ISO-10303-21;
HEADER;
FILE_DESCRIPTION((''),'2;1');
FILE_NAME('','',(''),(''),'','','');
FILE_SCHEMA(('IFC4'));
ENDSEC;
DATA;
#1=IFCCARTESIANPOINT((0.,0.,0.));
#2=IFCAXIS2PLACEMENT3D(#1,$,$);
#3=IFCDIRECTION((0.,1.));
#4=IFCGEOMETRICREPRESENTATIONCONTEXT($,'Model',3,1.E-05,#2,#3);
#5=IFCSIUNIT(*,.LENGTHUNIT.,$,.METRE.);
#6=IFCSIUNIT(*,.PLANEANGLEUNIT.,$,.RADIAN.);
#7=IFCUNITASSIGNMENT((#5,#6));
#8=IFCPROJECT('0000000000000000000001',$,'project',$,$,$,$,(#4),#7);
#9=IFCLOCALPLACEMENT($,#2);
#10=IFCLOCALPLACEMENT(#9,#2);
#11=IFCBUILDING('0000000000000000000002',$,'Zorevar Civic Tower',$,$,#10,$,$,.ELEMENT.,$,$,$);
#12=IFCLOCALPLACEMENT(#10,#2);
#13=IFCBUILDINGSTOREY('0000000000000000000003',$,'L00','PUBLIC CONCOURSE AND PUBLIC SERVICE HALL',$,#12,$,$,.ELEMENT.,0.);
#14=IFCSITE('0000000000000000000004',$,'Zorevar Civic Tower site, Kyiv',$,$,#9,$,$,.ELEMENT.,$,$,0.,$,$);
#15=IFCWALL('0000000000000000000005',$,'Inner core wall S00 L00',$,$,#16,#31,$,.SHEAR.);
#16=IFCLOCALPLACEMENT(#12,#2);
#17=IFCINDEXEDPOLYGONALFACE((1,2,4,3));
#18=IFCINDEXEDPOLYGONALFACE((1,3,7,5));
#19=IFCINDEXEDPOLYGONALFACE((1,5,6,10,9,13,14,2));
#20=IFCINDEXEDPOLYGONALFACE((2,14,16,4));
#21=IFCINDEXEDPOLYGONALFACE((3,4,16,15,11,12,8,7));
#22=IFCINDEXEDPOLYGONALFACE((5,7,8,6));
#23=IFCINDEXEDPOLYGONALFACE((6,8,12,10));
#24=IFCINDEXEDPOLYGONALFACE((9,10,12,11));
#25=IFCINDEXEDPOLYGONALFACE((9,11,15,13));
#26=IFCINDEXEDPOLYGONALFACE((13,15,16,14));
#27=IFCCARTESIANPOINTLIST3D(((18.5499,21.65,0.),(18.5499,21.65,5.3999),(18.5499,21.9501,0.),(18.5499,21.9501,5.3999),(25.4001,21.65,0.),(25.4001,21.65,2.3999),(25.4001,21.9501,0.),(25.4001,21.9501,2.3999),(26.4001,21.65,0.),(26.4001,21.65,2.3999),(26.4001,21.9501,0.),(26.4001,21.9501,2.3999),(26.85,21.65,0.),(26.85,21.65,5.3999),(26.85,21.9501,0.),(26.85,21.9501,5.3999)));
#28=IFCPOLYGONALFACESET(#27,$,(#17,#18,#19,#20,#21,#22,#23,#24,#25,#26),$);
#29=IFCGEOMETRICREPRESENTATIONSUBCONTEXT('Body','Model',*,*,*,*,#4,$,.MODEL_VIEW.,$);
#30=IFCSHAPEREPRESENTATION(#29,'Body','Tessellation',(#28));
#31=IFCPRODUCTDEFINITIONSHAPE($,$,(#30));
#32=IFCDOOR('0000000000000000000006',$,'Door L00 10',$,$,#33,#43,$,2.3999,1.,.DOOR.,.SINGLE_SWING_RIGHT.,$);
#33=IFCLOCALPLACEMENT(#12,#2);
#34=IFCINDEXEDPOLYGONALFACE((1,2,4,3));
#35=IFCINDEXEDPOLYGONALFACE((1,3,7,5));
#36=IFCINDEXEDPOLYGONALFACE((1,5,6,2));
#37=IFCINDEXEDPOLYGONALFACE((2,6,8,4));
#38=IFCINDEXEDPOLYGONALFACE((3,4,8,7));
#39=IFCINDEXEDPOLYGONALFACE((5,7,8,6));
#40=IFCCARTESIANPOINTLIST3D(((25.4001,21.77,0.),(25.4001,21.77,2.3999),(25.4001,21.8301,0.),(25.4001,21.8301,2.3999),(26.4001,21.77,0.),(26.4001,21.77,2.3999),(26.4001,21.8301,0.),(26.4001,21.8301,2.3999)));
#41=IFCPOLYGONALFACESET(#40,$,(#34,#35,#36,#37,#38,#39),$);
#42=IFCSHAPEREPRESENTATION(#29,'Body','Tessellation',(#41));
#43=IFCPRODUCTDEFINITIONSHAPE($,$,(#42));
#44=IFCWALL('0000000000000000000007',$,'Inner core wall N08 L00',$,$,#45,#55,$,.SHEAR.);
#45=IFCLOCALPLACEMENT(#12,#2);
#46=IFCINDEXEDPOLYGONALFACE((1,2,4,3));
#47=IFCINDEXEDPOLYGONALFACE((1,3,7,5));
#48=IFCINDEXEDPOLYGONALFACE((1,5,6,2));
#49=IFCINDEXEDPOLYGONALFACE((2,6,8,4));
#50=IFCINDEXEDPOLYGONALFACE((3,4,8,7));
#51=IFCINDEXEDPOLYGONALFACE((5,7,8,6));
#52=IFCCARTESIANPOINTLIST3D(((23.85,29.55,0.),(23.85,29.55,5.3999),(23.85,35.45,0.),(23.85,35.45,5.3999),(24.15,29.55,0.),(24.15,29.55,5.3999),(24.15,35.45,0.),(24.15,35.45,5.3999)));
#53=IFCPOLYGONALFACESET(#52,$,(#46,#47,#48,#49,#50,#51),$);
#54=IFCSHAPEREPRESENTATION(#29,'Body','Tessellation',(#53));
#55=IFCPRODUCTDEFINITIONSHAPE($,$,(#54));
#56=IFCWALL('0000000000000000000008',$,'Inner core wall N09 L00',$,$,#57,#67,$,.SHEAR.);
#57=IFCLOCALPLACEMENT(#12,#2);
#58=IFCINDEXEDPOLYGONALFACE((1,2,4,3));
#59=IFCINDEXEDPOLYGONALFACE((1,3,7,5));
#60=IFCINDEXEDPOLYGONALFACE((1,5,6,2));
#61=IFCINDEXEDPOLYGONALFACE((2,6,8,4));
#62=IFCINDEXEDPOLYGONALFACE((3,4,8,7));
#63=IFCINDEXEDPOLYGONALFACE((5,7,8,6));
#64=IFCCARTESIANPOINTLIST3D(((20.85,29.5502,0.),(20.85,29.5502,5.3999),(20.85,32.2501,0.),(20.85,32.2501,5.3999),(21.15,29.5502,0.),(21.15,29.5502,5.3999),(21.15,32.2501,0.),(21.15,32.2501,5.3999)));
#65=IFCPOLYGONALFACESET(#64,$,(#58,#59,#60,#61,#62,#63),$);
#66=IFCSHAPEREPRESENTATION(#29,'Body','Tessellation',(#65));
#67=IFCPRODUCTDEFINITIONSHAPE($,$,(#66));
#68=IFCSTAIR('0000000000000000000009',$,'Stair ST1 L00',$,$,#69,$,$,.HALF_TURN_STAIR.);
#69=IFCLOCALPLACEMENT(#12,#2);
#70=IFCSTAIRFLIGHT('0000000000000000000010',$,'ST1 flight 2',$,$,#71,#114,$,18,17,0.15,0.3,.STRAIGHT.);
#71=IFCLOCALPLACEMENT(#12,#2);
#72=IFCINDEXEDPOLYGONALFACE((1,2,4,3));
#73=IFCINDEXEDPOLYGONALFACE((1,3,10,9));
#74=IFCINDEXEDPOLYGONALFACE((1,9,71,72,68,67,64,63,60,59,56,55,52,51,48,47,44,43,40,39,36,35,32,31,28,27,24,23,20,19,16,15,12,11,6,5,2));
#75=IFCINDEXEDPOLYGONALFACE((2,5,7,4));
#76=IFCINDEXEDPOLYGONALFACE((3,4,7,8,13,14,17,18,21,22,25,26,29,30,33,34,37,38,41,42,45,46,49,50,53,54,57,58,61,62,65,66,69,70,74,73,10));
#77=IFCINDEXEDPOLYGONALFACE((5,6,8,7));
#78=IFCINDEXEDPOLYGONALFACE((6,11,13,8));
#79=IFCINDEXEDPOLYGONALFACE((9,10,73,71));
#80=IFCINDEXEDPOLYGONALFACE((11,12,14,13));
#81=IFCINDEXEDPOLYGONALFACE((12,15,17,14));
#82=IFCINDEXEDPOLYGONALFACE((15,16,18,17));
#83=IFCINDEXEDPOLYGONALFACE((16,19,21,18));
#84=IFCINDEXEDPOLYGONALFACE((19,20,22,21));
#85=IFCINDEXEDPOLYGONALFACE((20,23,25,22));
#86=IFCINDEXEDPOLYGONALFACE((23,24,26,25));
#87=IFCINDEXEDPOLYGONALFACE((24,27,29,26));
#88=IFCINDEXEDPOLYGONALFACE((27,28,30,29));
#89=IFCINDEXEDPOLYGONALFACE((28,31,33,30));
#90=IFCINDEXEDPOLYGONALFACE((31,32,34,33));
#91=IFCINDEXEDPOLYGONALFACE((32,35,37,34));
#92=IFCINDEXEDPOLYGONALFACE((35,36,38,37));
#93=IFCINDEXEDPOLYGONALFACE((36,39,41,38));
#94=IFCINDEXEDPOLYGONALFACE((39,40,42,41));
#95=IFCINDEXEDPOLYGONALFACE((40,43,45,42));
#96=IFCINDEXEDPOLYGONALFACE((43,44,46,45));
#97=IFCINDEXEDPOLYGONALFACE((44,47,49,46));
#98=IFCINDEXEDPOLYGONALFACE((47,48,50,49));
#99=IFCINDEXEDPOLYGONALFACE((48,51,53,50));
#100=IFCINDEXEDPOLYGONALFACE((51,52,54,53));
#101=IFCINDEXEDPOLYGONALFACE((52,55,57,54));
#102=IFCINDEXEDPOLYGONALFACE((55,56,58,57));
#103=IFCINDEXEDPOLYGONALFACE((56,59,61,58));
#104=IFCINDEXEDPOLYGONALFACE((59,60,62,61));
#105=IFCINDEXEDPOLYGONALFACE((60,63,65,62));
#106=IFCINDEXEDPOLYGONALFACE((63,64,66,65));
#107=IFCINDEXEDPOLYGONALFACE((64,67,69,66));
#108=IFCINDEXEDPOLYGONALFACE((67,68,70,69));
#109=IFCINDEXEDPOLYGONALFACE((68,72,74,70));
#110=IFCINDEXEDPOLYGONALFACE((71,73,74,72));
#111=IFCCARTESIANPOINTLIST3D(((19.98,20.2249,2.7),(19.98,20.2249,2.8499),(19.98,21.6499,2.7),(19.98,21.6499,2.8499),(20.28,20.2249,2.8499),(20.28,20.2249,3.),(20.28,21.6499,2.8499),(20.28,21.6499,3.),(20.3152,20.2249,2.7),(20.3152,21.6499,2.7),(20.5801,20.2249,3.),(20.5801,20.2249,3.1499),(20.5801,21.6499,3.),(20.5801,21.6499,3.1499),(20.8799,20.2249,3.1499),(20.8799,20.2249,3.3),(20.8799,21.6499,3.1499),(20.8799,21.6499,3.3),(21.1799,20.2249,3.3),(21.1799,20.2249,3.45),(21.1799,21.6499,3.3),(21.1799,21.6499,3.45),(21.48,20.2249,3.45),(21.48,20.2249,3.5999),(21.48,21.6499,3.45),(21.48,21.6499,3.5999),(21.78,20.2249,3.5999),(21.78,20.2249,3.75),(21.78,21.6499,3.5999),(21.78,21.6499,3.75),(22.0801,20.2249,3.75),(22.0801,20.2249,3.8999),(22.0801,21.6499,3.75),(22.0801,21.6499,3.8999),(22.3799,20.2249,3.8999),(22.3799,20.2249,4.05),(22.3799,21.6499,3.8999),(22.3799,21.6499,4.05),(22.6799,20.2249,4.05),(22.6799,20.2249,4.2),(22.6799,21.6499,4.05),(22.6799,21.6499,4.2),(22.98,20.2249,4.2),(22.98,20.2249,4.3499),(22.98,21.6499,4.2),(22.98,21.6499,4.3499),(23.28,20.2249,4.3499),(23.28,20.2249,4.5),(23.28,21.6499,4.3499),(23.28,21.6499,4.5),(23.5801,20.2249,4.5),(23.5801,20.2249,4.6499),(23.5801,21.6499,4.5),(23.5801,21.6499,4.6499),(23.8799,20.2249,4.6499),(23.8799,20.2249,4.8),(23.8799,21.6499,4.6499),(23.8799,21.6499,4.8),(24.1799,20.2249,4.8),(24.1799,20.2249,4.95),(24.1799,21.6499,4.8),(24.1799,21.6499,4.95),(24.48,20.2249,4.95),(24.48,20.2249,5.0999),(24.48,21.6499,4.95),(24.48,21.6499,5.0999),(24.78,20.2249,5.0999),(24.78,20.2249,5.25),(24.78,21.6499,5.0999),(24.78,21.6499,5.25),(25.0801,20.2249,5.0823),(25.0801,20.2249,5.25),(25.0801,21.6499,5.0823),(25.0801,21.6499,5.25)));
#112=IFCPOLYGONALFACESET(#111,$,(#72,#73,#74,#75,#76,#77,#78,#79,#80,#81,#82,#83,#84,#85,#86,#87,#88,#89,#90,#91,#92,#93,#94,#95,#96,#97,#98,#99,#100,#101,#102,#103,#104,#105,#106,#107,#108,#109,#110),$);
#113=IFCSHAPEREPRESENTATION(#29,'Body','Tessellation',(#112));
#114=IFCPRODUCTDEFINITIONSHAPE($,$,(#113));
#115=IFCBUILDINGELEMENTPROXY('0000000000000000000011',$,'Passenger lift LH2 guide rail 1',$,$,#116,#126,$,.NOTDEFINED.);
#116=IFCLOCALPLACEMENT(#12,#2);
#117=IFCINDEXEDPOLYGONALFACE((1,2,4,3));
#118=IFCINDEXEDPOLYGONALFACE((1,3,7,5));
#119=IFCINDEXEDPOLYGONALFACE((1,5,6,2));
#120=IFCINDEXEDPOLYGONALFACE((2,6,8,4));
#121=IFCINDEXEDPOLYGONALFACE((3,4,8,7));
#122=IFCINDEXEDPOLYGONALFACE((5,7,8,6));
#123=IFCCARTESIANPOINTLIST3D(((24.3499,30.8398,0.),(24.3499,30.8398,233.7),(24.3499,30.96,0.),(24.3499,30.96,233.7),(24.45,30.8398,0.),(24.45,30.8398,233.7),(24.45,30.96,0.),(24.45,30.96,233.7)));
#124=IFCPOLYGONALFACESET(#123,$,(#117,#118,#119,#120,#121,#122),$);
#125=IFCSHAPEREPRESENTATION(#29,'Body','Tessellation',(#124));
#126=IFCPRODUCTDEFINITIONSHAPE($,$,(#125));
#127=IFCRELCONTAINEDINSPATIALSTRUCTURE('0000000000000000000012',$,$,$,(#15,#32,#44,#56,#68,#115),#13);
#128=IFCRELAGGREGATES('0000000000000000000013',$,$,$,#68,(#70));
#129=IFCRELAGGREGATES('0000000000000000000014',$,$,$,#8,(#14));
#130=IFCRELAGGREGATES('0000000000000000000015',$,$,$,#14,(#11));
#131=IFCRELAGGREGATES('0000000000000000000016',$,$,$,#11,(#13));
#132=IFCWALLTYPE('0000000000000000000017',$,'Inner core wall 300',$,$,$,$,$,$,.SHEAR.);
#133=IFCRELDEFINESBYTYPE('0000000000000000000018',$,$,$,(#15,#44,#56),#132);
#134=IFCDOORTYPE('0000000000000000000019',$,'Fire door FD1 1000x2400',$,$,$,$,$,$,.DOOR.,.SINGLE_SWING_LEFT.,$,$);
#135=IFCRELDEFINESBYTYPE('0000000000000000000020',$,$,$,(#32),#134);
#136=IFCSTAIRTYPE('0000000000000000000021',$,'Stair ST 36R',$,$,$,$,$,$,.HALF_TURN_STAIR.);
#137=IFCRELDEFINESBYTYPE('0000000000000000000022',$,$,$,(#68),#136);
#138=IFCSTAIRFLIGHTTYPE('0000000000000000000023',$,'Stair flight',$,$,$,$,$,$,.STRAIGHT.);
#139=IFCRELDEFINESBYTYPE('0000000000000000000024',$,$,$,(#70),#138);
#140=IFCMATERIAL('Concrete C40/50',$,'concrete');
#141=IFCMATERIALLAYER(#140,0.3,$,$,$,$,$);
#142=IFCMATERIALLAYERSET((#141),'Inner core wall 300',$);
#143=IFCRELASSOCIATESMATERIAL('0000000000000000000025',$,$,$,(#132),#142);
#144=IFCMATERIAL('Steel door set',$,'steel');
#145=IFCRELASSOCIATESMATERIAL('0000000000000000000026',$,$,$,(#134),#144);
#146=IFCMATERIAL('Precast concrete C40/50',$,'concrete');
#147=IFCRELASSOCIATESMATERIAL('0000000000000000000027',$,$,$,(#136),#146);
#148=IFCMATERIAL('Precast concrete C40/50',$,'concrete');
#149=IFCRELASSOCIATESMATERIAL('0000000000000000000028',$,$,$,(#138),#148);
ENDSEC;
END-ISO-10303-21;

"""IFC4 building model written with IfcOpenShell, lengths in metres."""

from ifc_helpers import new_model, si_unit, direction, frame, frame_2d, origin, origin_2d, place, context, subcontext, project, spatial, polyline, rectangle, outline, extrude, material, layer, layer_set, type_object, element, fill, aggregate, save


model = new_model("IFC4")

# Units and contexts
model_context = context("Model", 3, precision=1e-05, world=origin(), true_north=direction((0.0, 1.0)))
body_context = subcontext(model_context, "Body", "Model", "MODEL_VIEW")
ifc_project = project(units=[si_unit("LENGTHUNIT", "METRE"), si_unit("PLANEANGLEUNIT", "RADIAN")], contexts=[model_context])

# Site, building, storey
site_placement = place(None, origin())
site = spatial("IfcSite", under=ifc_project, at=site_placement, Name="Zorevar Civic Tower site, Kyiv", CompositionType="ELEMENT", RefElevation=0.0)
building_placement = place(site_placement, origin())
building = spatial("IfcBuilding", under=site, at=building_placement, Name="Zorevar Civic Tower", CompositionType="ELEMENT")
storey_placement = place(building_placement, origin())
storey = spatial("IfcBuildingStorey", under=building, at=storey_placement, Name="L00", Description="PUBLIC CONCOURSE AND PUBLIC SERVICE HALL", CompositionType="ELEMENT", Elevation=0.0)

# Wall, opening, door
ifc_material_1 = material(Name="Concrete C40/50", Category="concrete")
ifc_layer = layer(ifc_material_1, 0.3)
ifc_layer_set = layer_set([ifc_layer], Name="Inner core wall 300")
wall_type = type_object("IfcWallType", Name="Inner core wall 300", PredefinedType="SHEAR", material=ifc_layer_set)
wall_1_placement = place(storey_placement, frame((18.55, 21.8, 0.0), z_axis=(0.0, 0.0, 1.0), x_axis=(1.0, 0.0, 0.0)))
wall_1 = element("IfcWall", 1, at=wall_1_placement, inside=storey, type_object=wall_type, Name="Inner core wall S00 L00", PredefinedType="SHEAR", context=body_context, shape_type="SweptSolid", body=[
    extrude(rectangle(XDim=8.3, YDim=0.3, at=frame_2d((4.1499, 0.0))), origin(), (0.0, 0.0, 1.0), 5.3999),
])
opening_1_placement = place(wall_1_placement, frame((6.8501, 0.0, 0.0)))
opening_1 = element("IfcOpeningElement", 2, at=opening_1_placement, cuts=wall_1, PredefinedType="OPENING", context=body_context, shape_type="SweptSolid", body=[
    extrude(rectangle(XDim=1.0, YDim=2.3999, at=frame_2d((0.5, 1.2))), frame((0.0, 0.1599, 0.0), z_axis=(0.0, -1.0, 0.0), x_axis=(1.0, 0.0, 0.0)), (0.0, 0.0, 1.0), 0.3201),
])
ifc_material_2 = material(Name="Steel door set", Category="steel")
door_type_1 = type_object("IfcDoorType", Name="Fire door FD1 1000x2400", OperationType="SINGLE_SWING_LEFT", PredefinedType="DOOR", material=ifc_material_2)
door_1_placement = place(opening_1_placement, origin())
door_1 = element("IfcDoor", 3, at=door_1_placement, inside=storey, type_object=door_type_1, Name="Door L00 10", OperationType="SINGLE_SWING_RIGHT", OverallHeight=2.3999, OverallWidth=1.0, PredefinedType="DOOR", context=body_context, shape_type="SweptSolid", body=[
    extrude(rectangle(XDim=1.0, YDim=2.3999, at=frame_2d((0.5, 1.2))), frame((0.0, 0.03, 0.0), z_axis=(0.0, -1.0, 0.0), x_axis=(1.0, 0.0, 0.0)), (0.0, 0.0, 1.0), 0.0601),
])
fill(opening_1, door_1)

# Walls
wall_2_placement = place(storey_placement, frame((24.0, 29.55, 0.0), z_axis=(0.0, 0.0, 1.0), x_axis=(0.0, 1.0, 0.0)))
element("IfcWall", 4, at=wall_2_placement, inside=storey, type_object=wall_type, Name="Inner core wall N08 L00", PredefinedType="SHEAR", context=body_context, shape_type="SweptSolid", body=[
    extrude(rectangle(XDim=5.8999, YDim=0.3, at=frame_2d((2.95, 0.0))), origin(), (0.0, 0.0, 1.0), 5.3999),
])
wall_3_placement = place(storey_placement, frame((21.0, 29.55, 0.0), z_axis=(0.0, 0.0, 1.0), x_axis=(0.0, 1.0, 0.0)))
element("IfcWall", 5, at=wall_3_placement, inside=storey, type_object=wall_type, Name="Inner core wall N09 L00", PredefinedType="SHEAR", context=body_context, shape_type="SweptSolid", body=[
    extrude(rectangle(XDim=2.7, YDim=0.3, at=frame_2d((1.3501, 0.0))), origin(), (0.0, 0.0, 1.0), 5.3999),
])

# Stair, stair flight
ifc_material_3 = material(Name="Precast concrete C40/50", Category="concrete")
stair_type = type_object("IfcStairType", Name="Stair ST 36R", PredefinedType="HALF_TURN_STAIR", material=ifc_material_3)
stair_placement = place(storey_placement, origin())
stair = element("IfcStair", 6, at=stair_placement, inside=storey, type_object=stair_type, Name="Stair ST1 L00", PredefinedType="HALF_TURN_STAIR")
ifc_material_4 = material(Name="Precast concrete C40/50", Category="concrete")
stair_flight_type = type_object("IfcStairFlightType", Name="Stair flight", PredefinedType="STRAIGHT", material=ifc_material_4)
stair_flight_placement = place(storey_placement, frame((19.98, 20.9375, 2.7), z_axis=(0.0, 0.0, 1.0), x_axis=(1.0, 0.0, 0.0)))
stair_flight = element("IfcStairFlight", 7, at=stair_flight_placement, type_object=stair_flight_type, Name="ST1 flight 2", NumberOfRisers=18, NumberOfTreads=17, PredefinedType="STRAIGHT", RiserHeight=0.15, TreadLength=0.3, context=body_context, shape_type="SweptSolid", body=[
    extrude(outline(polyline([(0.0, 0.0), (0.0, 0.1499), (0.3, 0.1499), (0.3, 0.3), (0.6001, 0.3), (0.6001, 0.45), (0.8999, 0.45), (0.8999, 0.6001), (1.2, 0.6001), (1.2, 0.75), (1.5, 0.75), (1.5, 0.8999), (1.8, 0.8999), (1.8, 1.05), (2.1001, 1.05), (2.1001, 1.2), (2.3999, 1.2), (2.3999, 1.3501), (2.7, 1.3501), (2.7, 1.5), (3.0, 1.5), (3.0, 1.6499), (3.3, 1.6499), (3.3, 1.8), (3.6001, 1.8), (3.6001, 1.95), (3.8999, 1.95), (3.8999, 2.1001), (4.2, 2.1001), (4.2, 2.25), (4.5, 2.25), (4.5, 2.3999), (4.8, 2.3999), (4.8, 2.55), (5.1001, 2.55), (5.1001, 2.7), (5.1001, 2.3823), (0.3352, 0.0), (0.0, 0.0)])), frame((0.0, 0.7124, 0.0), z_axis=(0.0, -1.0, 0.0), x_axis=(1.0, 0.0, 0.0)), (0.0, 0.0, 1.0), 1.425),
])
aggregate(stair, [stair_flight])

# Building element proxy
proxy_placement = place(storey_placement, frame((24.3999, 30.8999, 0.0), z_axis=(0.0, 0.0, 1.0), x_axis=(1.0, 0.0, 0.0)))
element("IfcBuildingElementProxy", 8, at=proxy_placement, inside=storey, Name="Passenger lift LH2 guide rail 1", PredefinedType="NOTDEFINED", context=body_context, shape_type="SweptSolid", body=[
    extrude(rectangle(XDim=0.1001, YDim=0.1201, at=origin_2d()), origin(), (0.0, 0.0, 1.0), 233.7),
])

save(model, "model.ifc")
